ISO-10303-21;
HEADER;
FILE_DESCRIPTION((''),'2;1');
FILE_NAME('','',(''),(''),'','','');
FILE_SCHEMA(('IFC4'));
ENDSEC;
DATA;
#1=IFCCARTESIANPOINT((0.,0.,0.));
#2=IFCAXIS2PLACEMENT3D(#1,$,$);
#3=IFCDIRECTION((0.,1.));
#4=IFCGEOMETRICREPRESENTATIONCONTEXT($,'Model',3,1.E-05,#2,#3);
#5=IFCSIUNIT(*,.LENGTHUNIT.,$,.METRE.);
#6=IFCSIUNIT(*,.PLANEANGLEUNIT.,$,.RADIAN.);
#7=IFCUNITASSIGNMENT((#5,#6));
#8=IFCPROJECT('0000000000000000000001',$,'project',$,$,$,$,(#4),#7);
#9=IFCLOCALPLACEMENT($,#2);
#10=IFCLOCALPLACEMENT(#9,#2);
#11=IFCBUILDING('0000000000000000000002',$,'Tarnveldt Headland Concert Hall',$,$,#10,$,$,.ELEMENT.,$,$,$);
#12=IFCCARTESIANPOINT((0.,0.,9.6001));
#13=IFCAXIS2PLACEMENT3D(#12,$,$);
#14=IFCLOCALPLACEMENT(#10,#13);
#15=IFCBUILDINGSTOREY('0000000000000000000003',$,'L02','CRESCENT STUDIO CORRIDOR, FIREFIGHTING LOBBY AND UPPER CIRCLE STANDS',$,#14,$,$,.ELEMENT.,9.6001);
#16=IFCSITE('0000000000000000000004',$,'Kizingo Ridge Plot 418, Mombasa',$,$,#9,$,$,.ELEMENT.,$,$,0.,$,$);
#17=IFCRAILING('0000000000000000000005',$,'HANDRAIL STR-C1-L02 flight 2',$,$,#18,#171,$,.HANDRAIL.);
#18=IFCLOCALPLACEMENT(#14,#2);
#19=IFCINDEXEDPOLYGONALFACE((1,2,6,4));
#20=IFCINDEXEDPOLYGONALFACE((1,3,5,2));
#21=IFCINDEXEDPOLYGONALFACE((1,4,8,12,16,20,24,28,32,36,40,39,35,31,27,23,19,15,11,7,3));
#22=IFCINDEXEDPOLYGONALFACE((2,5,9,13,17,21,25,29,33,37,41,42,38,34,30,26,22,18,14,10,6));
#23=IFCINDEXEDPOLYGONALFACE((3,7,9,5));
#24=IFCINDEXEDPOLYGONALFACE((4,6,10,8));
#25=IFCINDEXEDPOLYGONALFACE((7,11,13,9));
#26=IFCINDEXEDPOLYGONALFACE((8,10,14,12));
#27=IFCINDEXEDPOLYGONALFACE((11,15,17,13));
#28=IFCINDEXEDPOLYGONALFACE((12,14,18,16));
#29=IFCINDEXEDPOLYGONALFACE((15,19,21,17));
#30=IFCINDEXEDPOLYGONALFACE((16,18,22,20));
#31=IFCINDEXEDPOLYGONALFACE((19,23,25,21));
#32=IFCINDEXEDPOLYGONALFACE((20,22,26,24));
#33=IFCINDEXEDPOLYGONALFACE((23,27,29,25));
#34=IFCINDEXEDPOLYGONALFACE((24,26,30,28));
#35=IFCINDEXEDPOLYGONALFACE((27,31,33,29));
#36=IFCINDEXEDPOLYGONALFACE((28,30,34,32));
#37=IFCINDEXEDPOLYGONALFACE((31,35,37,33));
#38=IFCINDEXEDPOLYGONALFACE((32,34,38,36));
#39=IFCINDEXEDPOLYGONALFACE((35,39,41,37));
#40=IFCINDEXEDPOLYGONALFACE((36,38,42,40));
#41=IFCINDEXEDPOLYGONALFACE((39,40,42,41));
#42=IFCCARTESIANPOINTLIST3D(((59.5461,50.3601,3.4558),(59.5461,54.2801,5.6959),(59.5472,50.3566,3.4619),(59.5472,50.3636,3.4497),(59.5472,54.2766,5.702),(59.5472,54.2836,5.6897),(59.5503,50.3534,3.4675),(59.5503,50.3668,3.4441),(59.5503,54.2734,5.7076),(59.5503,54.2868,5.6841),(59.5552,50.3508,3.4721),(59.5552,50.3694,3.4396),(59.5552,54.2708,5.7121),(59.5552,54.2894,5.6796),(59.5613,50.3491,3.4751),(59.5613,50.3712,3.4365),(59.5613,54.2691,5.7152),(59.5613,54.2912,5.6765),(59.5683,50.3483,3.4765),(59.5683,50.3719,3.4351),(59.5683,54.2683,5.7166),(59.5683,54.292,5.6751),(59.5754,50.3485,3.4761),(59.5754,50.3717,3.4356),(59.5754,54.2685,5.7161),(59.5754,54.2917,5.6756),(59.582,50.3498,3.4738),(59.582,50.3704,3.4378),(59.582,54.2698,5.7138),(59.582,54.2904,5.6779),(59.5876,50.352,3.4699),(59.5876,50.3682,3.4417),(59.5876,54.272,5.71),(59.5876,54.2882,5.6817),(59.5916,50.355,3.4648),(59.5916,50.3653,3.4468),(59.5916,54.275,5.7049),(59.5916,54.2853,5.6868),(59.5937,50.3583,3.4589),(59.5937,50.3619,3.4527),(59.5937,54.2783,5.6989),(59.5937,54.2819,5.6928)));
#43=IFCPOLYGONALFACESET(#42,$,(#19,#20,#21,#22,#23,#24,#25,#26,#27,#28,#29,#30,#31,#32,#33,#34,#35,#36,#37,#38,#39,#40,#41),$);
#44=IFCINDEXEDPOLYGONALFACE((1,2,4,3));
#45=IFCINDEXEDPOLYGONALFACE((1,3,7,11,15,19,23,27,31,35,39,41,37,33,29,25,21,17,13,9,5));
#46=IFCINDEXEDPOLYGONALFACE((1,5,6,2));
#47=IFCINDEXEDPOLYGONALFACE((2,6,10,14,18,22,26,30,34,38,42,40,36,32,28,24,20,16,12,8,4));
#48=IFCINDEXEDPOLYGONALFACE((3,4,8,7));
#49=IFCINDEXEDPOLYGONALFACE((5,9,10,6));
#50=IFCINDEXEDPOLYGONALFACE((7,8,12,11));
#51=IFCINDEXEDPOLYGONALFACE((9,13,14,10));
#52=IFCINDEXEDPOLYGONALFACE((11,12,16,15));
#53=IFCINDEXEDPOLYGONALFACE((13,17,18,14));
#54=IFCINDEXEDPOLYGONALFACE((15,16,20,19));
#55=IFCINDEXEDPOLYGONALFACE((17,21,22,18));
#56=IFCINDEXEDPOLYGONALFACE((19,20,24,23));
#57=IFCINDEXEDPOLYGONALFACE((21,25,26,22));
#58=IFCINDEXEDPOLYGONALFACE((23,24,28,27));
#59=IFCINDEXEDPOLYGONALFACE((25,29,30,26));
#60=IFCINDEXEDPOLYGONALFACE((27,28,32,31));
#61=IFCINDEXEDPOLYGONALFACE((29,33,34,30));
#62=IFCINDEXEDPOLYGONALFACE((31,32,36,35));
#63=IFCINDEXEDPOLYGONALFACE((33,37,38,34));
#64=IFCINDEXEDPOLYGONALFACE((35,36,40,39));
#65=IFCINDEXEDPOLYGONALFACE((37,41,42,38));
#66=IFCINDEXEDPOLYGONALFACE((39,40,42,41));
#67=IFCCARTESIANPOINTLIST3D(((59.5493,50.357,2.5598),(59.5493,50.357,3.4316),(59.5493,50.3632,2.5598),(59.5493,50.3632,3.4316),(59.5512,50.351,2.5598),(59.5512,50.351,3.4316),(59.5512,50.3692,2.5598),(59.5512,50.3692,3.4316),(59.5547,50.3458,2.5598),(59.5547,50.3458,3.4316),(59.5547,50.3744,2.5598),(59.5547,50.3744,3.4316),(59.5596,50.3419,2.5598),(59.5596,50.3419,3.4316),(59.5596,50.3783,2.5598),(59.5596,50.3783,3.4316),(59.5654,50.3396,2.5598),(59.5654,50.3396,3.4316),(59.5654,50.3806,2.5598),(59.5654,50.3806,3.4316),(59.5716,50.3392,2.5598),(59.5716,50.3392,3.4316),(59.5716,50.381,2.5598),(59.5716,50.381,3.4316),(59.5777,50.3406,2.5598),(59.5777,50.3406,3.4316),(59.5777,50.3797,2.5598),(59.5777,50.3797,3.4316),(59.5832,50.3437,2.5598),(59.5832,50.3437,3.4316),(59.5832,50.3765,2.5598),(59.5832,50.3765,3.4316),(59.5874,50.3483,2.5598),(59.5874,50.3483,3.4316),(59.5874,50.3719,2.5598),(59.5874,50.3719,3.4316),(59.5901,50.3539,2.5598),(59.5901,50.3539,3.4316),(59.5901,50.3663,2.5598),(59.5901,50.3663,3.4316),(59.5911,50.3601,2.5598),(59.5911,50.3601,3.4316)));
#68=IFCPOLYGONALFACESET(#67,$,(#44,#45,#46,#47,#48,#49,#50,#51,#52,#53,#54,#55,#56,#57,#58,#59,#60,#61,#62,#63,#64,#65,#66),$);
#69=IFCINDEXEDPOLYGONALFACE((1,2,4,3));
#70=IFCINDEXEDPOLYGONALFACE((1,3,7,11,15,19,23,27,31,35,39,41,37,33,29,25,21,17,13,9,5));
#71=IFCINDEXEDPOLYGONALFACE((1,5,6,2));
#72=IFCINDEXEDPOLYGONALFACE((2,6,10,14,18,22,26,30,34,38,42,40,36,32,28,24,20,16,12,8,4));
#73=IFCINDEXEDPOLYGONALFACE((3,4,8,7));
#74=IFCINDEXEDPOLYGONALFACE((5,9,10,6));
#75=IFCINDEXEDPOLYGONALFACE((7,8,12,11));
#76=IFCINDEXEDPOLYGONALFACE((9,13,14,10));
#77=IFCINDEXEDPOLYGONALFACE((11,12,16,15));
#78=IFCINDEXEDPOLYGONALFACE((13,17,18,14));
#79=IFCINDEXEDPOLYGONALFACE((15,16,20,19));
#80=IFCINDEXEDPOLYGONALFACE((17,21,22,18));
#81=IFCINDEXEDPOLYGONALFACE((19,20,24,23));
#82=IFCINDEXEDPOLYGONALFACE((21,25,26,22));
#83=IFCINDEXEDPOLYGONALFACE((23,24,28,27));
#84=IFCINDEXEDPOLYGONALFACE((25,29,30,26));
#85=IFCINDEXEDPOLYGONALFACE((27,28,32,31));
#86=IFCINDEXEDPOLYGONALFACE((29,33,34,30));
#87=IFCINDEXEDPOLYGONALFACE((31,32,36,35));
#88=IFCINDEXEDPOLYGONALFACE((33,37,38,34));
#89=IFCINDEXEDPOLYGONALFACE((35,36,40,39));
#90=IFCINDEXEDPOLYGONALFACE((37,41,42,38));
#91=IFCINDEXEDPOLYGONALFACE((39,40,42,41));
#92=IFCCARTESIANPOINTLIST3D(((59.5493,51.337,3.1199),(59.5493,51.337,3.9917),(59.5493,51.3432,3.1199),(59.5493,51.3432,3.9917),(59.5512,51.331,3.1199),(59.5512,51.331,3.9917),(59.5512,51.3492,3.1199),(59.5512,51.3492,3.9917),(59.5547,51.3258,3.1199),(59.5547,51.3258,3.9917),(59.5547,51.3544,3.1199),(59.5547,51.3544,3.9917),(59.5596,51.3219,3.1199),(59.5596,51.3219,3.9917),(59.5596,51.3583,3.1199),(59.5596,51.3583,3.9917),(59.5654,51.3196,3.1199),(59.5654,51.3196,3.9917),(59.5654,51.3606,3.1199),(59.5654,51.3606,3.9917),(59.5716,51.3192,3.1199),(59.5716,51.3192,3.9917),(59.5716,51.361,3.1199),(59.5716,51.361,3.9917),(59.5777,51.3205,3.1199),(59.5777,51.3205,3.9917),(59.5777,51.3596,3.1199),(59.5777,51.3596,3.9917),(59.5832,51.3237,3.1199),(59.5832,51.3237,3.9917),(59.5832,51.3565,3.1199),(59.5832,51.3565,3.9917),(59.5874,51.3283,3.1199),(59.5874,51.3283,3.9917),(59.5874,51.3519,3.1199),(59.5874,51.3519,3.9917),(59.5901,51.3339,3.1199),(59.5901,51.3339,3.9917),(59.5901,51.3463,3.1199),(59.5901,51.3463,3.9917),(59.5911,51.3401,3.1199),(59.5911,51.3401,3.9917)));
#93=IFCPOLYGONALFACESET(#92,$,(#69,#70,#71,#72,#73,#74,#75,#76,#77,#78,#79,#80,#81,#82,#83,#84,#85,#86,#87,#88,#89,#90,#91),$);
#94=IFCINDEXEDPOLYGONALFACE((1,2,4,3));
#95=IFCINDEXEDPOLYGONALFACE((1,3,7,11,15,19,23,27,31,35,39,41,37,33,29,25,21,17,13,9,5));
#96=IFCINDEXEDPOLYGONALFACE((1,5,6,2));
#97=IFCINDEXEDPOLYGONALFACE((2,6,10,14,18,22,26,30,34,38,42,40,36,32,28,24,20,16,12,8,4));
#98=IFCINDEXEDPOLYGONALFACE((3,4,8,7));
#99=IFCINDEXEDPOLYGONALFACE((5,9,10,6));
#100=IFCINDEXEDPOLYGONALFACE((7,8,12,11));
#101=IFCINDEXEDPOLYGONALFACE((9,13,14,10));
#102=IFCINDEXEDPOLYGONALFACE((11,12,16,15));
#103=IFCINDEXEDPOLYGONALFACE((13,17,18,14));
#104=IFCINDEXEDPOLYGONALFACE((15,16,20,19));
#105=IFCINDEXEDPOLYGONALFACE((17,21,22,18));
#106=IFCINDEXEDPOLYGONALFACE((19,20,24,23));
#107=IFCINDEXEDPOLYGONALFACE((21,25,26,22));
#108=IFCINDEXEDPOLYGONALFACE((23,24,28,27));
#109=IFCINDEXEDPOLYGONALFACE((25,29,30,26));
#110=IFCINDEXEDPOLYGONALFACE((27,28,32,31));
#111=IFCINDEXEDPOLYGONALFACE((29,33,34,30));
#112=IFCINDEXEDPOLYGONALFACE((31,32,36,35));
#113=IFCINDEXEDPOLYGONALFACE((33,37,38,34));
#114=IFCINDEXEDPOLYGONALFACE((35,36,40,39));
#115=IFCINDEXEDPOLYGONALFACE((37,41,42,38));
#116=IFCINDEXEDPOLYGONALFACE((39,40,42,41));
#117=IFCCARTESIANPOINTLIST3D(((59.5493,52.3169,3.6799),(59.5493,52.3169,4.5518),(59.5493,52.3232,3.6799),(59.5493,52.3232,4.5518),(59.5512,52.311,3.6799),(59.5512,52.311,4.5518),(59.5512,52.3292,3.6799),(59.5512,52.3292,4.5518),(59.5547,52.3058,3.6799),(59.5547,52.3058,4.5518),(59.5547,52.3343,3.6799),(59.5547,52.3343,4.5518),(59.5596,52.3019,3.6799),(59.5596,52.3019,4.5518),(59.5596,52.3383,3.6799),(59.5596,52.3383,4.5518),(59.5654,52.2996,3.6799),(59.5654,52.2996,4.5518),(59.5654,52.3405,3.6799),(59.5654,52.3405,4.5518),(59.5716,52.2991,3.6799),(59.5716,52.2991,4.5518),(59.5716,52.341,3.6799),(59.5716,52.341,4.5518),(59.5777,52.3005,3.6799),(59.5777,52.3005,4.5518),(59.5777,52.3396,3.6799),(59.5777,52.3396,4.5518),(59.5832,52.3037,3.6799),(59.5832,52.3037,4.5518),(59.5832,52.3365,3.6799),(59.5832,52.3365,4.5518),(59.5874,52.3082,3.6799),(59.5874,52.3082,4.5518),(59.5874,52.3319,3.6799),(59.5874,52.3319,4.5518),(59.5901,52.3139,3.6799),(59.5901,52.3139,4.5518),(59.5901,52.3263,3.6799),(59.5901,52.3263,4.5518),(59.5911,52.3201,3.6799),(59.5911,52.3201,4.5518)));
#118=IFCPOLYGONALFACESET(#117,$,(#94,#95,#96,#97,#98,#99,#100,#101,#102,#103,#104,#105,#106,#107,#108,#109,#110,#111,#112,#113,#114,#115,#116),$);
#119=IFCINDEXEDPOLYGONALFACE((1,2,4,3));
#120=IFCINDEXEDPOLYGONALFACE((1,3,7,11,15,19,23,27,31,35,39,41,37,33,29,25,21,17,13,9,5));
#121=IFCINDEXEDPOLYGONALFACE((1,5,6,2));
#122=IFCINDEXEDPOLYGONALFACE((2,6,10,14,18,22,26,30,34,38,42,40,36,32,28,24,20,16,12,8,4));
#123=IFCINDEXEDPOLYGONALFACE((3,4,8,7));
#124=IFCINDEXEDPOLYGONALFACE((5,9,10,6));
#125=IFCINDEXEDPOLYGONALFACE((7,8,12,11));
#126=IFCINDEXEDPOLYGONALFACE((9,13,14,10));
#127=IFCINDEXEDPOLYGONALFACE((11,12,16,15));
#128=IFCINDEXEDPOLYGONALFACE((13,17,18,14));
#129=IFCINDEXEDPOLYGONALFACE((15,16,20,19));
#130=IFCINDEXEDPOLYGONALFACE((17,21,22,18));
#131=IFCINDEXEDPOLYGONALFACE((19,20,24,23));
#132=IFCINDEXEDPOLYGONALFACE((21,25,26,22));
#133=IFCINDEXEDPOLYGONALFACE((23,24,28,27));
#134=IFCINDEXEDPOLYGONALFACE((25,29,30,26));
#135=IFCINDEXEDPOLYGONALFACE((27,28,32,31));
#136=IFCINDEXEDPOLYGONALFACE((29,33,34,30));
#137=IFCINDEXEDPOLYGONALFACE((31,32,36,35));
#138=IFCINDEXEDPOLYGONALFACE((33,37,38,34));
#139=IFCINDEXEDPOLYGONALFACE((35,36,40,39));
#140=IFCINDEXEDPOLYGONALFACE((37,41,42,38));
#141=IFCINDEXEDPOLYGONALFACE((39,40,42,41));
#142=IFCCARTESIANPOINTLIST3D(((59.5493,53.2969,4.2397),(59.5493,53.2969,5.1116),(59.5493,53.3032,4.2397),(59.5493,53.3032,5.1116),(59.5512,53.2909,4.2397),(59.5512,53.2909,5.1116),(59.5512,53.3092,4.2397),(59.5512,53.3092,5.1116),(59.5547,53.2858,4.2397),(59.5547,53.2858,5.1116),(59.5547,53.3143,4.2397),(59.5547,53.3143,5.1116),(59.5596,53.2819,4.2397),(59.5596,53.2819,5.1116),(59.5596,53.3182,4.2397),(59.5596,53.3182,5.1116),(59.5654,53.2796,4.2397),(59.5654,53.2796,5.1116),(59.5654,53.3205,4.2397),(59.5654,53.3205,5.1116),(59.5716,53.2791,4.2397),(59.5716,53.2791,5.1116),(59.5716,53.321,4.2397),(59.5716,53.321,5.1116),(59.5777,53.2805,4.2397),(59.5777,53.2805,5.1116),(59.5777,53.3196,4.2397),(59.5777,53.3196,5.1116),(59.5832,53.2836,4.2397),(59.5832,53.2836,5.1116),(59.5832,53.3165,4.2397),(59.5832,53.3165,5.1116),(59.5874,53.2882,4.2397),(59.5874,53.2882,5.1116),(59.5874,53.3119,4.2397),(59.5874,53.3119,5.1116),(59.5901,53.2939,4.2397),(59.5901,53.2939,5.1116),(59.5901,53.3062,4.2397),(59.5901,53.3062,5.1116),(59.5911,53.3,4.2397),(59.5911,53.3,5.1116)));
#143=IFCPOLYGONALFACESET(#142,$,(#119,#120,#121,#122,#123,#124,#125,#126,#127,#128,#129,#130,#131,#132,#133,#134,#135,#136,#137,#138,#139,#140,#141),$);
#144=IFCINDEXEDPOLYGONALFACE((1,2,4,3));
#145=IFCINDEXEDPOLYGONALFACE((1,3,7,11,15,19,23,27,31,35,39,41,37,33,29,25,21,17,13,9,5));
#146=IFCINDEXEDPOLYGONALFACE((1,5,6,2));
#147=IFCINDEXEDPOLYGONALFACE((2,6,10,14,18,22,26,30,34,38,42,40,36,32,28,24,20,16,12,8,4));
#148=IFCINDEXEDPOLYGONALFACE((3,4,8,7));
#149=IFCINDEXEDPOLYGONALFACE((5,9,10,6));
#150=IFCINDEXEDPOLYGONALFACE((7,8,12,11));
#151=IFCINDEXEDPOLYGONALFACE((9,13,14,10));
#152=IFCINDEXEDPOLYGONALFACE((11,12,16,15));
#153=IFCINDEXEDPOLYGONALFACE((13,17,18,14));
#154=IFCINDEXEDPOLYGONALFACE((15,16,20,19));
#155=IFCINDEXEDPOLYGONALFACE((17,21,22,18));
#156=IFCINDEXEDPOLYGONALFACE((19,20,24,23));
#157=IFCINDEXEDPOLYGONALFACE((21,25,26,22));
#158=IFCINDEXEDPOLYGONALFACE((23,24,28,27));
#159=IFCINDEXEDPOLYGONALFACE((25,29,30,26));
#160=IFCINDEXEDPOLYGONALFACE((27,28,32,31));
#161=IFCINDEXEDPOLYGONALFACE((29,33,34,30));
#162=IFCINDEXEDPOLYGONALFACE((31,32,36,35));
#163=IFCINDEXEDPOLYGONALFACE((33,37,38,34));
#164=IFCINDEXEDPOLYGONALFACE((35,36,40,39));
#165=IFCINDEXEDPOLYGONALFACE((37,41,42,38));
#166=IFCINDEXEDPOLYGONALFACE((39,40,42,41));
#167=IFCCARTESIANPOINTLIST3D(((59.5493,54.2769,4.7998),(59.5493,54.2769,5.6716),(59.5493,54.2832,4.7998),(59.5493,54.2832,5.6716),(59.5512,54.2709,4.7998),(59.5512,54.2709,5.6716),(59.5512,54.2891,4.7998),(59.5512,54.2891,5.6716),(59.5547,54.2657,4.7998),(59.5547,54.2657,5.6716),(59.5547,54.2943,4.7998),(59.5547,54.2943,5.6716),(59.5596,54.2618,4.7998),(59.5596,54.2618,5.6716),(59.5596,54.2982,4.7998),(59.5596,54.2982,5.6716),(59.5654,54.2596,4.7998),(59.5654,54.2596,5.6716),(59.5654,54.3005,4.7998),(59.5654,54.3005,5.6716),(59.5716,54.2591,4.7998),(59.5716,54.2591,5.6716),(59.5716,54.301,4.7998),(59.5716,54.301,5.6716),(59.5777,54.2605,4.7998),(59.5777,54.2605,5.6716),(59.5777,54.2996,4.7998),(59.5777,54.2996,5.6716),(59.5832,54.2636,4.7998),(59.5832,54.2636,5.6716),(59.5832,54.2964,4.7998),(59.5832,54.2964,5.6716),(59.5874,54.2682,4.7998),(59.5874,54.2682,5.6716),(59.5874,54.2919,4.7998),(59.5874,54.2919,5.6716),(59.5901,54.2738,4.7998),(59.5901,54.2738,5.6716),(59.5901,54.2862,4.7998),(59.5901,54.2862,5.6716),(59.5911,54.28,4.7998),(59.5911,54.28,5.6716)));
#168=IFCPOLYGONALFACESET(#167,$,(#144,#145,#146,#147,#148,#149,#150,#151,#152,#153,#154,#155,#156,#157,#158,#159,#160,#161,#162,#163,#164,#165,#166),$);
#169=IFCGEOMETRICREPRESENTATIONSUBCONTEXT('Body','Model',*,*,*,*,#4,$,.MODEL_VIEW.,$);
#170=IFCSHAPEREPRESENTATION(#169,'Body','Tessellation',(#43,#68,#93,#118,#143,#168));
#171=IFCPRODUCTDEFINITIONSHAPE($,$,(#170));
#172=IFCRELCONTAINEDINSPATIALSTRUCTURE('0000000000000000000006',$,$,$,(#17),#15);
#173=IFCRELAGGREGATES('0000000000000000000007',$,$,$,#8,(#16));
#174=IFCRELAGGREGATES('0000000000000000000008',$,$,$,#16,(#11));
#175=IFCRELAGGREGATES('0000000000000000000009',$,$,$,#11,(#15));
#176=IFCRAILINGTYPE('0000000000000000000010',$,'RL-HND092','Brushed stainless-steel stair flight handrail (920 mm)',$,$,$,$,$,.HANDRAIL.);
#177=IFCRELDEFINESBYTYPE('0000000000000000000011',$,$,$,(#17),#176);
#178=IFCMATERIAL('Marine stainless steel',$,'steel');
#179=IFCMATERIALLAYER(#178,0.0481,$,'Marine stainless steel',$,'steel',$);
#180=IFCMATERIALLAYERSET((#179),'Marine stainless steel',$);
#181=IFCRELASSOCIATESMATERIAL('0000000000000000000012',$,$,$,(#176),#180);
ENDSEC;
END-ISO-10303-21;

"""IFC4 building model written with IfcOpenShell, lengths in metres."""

from ifc_helpers import new_model, si_unit, direction, frame, origin, origin_2d, place, context, subcontext, project, spatial, circle, extrude, material, layer, layer_set, type_object, element, save


model = new_model("IFC4")

# Units and contexts
model_context = context("Model", 3, precision=1e-05, world=origin(), true_north=direction((0.0, 1.0)))
body_context = subcontext(model_context, "Body", "Model", "MODEL_VIEW")
ifc_project = project(units=[si_unit("LENGTHUNIT", "METRE"), si_unit("PLANEANGLEUNIT", "RADIAN")], contexts=[model_context])

# Site, building, storey
site_placement = place(None, origin())
site = spatial("IfcSite", under=ifc_project, at=site_placement, Name="Kizingo Ridge Plot 418, Mombasa", CompositionType="ELEMENT", RefElevation=0.0)
building_placement = place(site_placement, origin())
building = spatial("IfcBuilding", under=site, at=building_placement, Name="Tarnveldt Headland Concert Hall", CompositionType="ELEMENT")
storey_placement = place(building_placement, frame((0.0, 0.0, 9.6001)))
storey = spatial("IfcBuildingStorey", under=building, at=storey_placement, Name="L02", Description="CRESCENT STUDIO CORRIDOR, FIREFIGHTING LOBBY AND UPPER CIRCLE STANDS", CompositionType="ELEMENT", Elevation=9.6001)

# Railing
ifc_material_1 = material(Name="Marine stainless steel", Category="steel")
ifc_layer_1 = layer(ifc_material_1, 0.0481, Name="Marine stainless steel", Category="steel")
ifc_layer_set_1 = layer_set([ifc_layer_1], Name="Marine stainless steel")
railing_type_1 = type_object("IfcRailingType", Name="RL-HND092", Description="Brushed stainless-steel stair flight handrail (920 mm)", PredefinedType="HANDRAIL", material=ifc_layer_set_1)
railing_1_placement = place(storey_placement, frame((59.5701, 50.3601, 2.5598)))
element("IfcRailing", 1, at=railing_1_placement, inside=storey, type_object=railing_type_1, Name="HANDRAIL STR-C1-L02 flight 2", PredefinedType="HANDRAIL", context=body_context, shape_type="SweptSolid", body=[
    extrude(circle(Radius=0.0239, at=origin_2d()), frame((0.0, 0.0, 0.896), z_axis=(0.0, 0.86824, 0.496145), x_axis=(-1.0, 0.0, 0.0)), (0.0, 0.0, 1.0), 4.5149),
    extrude(circle(Radius=0.021, at=origin_2d()), origin(), (0.0, 0.0, 1.0), 0.8718),
    extrude(circle(Radius=0.021, at=origin_2d()), frame((0.0, 0.98, 0.5601)), (0.0, 0.0, 1.0), 0.8718),
    extrude(circle(Radius=0.021, at=origin_2d()), frame((0.0, 1.96, 1.1201)), (0.0, 0.0, 1.0), 0.8718),
    extrude(circle(Radius=0.021, at=origin_2d()), frame((0.0, 2.9399, 1.6799)), (0.0, 0.0, 1.0), 0.8718),
    extrude(circle(Radius=0.021, at=origin_2d()), frame((0.0, 3.9199, 2.24)), (0.0, 0.0, 1.0), 0.8718),
])

save(model, "model.ifc")
